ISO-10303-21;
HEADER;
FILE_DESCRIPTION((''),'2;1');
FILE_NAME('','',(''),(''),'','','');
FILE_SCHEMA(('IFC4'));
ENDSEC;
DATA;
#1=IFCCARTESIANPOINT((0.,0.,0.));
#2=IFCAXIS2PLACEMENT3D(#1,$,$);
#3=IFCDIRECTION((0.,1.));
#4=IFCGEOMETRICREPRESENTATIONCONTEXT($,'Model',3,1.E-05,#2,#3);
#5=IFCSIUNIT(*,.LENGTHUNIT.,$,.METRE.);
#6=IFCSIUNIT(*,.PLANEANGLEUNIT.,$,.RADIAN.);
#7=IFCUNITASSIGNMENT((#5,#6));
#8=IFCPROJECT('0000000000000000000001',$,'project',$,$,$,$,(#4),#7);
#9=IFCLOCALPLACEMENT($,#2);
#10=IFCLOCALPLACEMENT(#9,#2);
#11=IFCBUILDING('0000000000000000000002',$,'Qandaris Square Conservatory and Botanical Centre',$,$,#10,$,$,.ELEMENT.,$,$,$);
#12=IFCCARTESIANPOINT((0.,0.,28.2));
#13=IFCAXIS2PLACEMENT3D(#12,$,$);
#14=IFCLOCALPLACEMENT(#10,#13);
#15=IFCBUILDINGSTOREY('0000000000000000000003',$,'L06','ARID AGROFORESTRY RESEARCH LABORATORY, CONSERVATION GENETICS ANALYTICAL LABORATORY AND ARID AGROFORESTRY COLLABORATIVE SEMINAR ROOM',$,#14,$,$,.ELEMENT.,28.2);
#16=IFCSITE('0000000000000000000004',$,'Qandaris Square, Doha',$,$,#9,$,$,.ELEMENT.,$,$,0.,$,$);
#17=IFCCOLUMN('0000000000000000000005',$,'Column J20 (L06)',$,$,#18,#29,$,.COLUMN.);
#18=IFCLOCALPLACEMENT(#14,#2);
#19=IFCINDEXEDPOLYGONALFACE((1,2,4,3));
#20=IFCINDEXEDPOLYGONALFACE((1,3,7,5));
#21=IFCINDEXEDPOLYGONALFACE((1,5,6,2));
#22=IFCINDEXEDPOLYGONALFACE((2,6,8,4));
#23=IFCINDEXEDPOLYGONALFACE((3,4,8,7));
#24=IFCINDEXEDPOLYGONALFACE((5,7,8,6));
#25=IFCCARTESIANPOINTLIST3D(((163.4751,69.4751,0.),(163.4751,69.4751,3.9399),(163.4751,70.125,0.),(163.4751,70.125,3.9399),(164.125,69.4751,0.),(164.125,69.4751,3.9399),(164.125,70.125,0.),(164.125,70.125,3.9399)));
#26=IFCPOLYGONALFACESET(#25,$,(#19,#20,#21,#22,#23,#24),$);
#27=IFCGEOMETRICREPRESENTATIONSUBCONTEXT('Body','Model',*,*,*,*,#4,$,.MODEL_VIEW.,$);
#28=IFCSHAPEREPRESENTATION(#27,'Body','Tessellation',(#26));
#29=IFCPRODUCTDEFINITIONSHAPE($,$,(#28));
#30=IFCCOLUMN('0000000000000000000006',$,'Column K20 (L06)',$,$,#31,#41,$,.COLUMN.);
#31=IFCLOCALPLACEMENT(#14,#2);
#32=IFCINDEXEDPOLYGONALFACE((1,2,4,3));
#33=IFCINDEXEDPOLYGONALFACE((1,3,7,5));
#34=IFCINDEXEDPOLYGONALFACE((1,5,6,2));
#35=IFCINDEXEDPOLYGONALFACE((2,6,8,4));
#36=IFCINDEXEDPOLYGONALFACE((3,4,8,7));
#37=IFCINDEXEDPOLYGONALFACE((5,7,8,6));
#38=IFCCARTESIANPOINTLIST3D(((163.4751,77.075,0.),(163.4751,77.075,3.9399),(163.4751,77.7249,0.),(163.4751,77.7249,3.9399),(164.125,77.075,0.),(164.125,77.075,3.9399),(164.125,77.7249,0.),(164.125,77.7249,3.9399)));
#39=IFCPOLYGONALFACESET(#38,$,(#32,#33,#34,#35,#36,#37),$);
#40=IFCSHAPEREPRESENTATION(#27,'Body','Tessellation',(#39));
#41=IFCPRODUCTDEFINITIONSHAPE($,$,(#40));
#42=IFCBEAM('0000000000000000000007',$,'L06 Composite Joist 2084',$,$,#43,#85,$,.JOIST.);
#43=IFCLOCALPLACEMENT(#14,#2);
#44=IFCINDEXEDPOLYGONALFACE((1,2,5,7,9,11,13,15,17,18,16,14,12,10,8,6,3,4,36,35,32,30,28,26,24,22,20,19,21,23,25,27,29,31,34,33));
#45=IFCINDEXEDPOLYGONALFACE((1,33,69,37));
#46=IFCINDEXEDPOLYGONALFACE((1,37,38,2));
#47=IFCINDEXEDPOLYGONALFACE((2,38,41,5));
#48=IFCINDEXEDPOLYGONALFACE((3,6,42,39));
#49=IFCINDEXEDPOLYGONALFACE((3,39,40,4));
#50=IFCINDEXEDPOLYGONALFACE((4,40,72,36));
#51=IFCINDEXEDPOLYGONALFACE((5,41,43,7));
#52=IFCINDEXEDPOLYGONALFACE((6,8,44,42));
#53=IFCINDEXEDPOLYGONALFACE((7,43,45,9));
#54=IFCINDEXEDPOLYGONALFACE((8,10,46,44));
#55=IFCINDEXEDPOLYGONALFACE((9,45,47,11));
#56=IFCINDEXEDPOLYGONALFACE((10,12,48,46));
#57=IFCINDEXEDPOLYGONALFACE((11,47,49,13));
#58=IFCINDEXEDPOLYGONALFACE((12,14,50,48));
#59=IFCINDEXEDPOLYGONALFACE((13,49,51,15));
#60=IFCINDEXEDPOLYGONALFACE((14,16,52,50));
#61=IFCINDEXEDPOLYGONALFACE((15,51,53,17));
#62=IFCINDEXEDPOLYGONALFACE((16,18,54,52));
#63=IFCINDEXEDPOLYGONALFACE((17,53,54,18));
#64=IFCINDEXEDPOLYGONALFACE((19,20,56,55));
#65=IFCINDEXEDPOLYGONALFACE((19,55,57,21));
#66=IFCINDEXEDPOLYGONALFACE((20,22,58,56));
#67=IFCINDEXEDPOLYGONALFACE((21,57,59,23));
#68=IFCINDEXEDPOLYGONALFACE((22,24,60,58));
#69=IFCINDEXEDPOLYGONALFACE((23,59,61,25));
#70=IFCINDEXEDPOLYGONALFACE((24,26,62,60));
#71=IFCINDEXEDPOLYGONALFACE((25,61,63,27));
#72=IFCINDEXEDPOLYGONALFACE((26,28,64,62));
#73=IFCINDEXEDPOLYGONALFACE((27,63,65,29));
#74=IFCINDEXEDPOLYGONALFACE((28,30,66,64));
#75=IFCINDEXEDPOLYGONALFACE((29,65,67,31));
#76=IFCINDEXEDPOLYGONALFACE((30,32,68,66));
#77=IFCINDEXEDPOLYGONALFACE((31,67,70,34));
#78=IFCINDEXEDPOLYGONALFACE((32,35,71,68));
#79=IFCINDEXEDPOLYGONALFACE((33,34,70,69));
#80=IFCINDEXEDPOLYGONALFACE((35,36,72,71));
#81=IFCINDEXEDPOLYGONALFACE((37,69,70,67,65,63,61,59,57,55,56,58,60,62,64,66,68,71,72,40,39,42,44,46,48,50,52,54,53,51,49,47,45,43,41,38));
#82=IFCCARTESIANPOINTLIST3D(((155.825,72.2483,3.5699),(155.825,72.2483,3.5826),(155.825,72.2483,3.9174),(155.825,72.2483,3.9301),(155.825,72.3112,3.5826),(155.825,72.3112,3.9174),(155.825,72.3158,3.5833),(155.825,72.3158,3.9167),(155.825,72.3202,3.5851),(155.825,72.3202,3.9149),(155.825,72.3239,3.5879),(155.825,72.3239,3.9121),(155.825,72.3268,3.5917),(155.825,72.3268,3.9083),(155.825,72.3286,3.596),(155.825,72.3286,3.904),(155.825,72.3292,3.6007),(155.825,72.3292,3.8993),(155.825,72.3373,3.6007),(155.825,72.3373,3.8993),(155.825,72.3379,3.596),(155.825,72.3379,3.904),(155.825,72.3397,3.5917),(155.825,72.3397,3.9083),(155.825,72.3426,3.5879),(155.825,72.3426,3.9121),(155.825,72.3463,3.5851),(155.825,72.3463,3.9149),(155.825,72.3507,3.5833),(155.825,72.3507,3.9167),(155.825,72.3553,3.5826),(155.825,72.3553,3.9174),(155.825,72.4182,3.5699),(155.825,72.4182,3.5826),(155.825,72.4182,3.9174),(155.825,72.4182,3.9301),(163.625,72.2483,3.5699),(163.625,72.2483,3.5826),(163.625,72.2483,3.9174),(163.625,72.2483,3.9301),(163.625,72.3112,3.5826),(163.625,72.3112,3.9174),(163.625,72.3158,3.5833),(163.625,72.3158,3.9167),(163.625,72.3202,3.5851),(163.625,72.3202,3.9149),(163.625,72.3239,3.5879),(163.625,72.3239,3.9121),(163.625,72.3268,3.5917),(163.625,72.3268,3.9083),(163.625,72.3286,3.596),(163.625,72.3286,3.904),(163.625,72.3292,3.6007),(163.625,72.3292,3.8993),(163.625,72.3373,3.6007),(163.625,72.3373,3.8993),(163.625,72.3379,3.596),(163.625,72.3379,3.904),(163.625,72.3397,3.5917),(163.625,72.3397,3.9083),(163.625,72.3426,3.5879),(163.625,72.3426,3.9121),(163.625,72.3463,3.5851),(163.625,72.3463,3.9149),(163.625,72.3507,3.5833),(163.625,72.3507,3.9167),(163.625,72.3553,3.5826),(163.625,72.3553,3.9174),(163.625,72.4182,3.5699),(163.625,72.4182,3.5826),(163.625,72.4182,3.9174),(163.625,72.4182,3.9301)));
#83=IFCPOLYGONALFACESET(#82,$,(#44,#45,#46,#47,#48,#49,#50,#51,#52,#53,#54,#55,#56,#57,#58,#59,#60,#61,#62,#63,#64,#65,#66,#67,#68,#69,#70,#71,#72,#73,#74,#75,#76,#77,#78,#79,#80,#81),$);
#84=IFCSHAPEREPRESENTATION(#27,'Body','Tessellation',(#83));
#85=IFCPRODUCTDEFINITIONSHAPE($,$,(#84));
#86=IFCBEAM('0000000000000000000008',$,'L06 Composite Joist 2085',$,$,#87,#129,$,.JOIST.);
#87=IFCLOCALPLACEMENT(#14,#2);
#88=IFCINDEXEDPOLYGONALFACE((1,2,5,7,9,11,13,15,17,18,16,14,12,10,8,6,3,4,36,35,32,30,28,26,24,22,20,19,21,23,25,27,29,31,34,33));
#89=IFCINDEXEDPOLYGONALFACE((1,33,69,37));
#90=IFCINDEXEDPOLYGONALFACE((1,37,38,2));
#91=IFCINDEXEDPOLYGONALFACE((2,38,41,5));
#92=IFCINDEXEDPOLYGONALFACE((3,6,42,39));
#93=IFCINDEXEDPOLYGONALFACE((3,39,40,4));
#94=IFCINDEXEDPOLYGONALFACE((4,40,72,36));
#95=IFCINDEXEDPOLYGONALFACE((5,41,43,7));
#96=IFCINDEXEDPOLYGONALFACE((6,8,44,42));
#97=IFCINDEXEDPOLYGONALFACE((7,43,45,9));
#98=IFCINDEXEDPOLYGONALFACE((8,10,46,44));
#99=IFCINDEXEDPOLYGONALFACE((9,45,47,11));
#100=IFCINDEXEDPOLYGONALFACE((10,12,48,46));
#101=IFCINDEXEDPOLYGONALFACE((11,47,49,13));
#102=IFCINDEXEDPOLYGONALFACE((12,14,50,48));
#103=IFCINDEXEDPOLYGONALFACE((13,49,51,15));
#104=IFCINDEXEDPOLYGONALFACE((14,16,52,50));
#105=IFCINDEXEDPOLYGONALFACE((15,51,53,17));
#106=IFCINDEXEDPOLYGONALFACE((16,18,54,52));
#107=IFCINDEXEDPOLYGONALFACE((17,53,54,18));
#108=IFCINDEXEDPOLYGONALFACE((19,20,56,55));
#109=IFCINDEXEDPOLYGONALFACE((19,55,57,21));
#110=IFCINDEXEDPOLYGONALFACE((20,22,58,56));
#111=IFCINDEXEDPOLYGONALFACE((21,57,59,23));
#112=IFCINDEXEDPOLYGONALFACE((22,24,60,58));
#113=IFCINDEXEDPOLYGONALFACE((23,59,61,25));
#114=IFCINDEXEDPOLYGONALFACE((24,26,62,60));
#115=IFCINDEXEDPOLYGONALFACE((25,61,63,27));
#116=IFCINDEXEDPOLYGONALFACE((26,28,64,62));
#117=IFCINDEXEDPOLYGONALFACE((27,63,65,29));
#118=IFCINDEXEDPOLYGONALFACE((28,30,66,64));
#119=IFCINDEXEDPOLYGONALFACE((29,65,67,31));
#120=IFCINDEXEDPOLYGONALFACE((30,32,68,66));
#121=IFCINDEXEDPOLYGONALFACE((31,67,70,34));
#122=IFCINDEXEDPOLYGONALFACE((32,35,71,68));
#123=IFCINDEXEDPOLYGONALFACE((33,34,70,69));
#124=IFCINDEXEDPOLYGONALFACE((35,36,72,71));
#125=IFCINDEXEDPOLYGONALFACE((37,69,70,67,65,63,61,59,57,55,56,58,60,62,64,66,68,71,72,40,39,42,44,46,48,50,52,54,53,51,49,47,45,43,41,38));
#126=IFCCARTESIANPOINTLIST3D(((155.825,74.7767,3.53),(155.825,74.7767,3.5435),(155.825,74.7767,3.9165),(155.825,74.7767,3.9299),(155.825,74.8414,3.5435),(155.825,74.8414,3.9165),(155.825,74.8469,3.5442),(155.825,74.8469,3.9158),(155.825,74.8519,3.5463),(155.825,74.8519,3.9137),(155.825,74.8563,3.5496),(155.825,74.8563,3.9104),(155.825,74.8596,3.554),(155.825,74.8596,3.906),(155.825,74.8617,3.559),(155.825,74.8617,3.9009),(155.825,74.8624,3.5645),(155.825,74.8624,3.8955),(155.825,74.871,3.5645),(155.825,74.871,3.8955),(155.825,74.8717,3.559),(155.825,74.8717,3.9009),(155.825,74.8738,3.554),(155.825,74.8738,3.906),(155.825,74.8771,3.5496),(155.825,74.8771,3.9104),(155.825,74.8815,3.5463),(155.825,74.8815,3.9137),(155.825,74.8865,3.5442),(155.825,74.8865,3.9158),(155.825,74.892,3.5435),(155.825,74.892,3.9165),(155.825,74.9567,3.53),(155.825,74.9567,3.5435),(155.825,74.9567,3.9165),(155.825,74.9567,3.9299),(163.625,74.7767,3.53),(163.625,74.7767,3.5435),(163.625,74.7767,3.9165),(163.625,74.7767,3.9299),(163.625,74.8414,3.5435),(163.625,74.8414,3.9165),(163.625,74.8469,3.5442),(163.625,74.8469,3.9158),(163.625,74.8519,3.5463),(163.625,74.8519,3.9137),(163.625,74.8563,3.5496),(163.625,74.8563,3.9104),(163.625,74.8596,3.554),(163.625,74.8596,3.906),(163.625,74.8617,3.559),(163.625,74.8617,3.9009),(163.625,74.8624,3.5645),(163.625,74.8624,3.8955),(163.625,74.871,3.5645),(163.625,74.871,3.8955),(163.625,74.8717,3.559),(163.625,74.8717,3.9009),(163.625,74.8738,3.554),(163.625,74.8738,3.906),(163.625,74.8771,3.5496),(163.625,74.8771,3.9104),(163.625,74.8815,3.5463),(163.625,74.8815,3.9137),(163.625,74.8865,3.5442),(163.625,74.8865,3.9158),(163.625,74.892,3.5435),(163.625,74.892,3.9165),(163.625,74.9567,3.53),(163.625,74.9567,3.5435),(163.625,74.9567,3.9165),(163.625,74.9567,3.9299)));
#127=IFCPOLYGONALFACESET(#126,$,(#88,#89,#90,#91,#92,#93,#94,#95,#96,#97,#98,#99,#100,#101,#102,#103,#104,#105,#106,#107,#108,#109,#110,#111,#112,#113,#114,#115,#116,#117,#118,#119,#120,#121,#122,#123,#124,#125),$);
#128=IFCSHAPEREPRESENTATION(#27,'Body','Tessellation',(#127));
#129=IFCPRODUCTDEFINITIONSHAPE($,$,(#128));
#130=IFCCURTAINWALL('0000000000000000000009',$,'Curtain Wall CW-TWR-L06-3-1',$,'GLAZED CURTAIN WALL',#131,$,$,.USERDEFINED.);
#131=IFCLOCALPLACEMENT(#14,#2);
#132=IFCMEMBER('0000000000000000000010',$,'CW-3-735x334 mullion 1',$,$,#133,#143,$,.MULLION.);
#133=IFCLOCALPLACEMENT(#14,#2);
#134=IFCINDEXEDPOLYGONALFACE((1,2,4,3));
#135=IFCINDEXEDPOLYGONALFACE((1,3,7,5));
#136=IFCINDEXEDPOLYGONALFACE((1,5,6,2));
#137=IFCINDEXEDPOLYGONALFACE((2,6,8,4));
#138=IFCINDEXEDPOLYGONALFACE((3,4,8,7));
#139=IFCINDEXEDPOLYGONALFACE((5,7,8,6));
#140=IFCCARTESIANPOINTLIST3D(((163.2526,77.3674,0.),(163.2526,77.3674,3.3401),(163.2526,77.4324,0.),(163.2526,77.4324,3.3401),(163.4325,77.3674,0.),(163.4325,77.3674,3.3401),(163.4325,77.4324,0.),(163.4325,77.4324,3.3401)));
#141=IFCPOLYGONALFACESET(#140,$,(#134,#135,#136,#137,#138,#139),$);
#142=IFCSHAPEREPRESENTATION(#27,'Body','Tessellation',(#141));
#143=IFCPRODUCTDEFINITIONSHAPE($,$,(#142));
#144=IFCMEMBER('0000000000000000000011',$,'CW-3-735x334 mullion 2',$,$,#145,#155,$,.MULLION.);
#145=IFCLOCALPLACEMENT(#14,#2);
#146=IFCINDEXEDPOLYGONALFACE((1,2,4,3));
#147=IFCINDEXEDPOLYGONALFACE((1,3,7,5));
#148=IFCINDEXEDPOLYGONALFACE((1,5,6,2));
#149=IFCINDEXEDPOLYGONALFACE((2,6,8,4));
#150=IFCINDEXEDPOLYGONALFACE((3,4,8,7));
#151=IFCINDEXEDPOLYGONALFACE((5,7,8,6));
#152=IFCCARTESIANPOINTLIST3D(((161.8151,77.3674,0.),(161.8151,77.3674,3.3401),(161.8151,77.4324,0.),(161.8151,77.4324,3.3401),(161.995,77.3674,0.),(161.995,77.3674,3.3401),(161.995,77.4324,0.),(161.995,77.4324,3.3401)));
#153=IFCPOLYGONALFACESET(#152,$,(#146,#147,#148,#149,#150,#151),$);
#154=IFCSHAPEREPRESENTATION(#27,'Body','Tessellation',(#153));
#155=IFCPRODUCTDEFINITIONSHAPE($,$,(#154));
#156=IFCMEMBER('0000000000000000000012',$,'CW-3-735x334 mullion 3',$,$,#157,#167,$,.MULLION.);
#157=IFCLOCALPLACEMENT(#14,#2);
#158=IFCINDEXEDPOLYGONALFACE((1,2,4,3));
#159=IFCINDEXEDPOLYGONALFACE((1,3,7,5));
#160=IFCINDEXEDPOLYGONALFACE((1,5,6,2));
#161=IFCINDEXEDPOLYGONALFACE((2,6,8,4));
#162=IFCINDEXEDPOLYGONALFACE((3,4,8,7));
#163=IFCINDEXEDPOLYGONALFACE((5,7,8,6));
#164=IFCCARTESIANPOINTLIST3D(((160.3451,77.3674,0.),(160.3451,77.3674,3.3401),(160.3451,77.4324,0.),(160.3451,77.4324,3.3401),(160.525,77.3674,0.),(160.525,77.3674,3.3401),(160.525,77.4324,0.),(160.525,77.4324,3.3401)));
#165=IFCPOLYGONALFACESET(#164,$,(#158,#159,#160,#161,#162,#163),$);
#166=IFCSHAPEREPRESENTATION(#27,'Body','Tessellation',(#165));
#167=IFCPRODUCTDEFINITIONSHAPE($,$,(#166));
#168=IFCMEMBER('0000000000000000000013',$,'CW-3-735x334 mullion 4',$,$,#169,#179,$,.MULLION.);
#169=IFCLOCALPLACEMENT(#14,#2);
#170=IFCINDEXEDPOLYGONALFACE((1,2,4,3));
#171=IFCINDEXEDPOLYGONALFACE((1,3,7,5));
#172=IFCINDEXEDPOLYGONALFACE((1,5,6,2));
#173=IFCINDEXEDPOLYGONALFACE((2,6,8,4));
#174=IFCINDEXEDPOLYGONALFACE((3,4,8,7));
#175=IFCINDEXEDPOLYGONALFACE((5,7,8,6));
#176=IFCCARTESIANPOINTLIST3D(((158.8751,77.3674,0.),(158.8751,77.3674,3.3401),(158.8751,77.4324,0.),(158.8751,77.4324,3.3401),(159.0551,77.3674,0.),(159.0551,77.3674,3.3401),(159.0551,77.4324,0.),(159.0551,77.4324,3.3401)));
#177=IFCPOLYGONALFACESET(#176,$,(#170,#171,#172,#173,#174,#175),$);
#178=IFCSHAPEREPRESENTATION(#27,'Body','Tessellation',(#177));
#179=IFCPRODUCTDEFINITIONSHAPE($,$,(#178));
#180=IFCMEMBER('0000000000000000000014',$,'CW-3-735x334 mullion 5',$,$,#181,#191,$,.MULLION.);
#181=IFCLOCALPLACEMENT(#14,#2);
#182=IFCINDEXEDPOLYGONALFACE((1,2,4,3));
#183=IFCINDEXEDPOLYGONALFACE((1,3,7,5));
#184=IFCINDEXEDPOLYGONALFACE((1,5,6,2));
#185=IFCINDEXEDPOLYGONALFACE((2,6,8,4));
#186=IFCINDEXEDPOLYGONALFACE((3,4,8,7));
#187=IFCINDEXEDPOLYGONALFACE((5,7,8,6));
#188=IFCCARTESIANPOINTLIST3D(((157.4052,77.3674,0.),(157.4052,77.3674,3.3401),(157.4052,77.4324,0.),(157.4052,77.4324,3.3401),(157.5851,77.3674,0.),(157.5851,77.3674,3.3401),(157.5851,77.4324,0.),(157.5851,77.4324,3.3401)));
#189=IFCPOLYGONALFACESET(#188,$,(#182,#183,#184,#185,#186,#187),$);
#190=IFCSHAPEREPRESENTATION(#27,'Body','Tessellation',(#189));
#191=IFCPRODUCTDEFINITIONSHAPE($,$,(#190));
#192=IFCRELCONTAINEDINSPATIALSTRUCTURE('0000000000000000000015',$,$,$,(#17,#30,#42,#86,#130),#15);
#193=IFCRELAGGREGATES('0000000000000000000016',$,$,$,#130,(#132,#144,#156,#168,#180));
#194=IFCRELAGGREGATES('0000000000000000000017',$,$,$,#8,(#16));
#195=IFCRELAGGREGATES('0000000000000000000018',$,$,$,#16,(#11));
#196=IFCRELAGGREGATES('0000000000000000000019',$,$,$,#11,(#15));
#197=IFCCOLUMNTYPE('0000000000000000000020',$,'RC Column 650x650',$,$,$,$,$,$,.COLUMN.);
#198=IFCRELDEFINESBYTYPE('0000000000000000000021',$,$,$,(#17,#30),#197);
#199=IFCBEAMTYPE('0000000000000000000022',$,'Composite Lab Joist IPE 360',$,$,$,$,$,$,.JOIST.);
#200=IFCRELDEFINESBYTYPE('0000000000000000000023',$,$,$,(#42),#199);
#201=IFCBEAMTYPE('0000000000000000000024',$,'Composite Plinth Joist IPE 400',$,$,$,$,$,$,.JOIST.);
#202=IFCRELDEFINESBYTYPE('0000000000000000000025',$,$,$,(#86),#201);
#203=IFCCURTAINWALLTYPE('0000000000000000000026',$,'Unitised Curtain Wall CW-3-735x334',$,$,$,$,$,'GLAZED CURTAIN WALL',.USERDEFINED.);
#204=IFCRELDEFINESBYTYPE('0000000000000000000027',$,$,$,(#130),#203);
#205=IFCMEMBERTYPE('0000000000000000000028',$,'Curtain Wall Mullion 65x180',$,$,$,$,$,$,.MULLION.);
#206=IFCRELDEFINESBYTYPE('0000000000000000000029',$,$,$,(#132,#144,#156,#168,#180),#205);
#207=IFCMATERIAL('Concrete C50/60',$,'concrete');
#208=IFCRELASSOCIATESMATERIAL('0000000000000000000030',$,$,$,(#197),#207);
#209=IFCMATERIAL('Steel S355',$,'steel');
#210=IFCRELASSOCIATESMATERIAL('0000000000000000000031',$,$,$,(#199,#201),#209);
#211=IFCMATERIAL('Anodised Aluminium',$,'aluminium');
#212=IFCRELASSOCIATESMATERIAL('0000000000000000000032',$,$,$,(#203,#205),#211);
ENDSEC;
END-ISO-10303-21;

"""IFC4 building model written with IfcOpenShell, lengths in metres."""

from ifc_helpers import new_model, si_unit, direction, frame, origin, origin_2d, place, context, subcontext, project, spatial, rectangle, i_section, extrude, material, material_profile, profile_set, type_object, element, aggregate, save


model = new_model("IFC4")

# Units and contexts
model_context = context("Model", 3, precision=1e-05, world=origin(), true_north=direction((0.0, 1.0)))
body_context = subcontext(model_context, "Body", "Model", "MODEL_VIEW")
ifc_project = project(units=[si_unit("LENGTHUNIT", "METRE"), si_unit("PLANEANGLEUNIT", "RADIAN")], contexts=[model_context])

# Site, building, storey
site_placement = place(None, origin())
site = spatial("IfcSite", under=ifc_project, at=site_placement, Name="Qandaris Square, Doha", CompositionType="ELEMENT", RefElevation=0.0)
building_placement = place(site_placement, origin())
building = spatial("IfcBuilding", under=site, at=building_placement, Name="Qandaris Square Conservatory and Botanical Centre", CompositionType="ELEMENT")
storey_placement = place(building_placement, frame((0.0, 0.0, 28.2)))
storey = spatial("IfcBuildingStorey", under=building, at=storey_placement, Name="L06", Description="ARID AGROFORESTRY RESEARCH LABORATORY, CONSERVATION GENETICS ANALYTICAL LABORATORY AND ARID AGROFORESTRY COLLABORATIVE SEMINAR ROOM", CompositionType="ELEMENT", Elevation=28.2)

# Columns
ifc_material_1 = material(Name="Concrete C50/60", Category="concrete")
ifc_material_profile_1 = material_profile(ifc_material_1, rectangle(XDim=0.6499, YDim=0.6499, at=origin_2d()), Name="RC-COL 650x650")
ifc_profile_set_1 = profile_set([ifc_material_profile_1], Name="Concrete C50/60")
column_type = type_object("IfcColumnType", Name="RC Column 650x650", PredefinedType="COLUMN", material=ifc_profile_set_1)
for number, where, z_axis, x_axis, name in (
    (1, (163.8, 69.8, 0.0), (0.0, 0.0, 1.0), (1.0, 0.0, 0.0), "Column J20 (L06)"),
    (2, (163.8, 77.3999, 0.0), (0.0, 0.0, 1.0), (1.0, 0.0, 0.0), "Column K20 (L06)"),
):
    element("IfcColumn", number, at=place(storey_placement, frame(where, z_axis=z_axis, x_axis=x_axis)), inside=storey, type_object=column_type, Name=name, PredefinedType="COLUMN", context=body_context, shape_type="SweptSolid", body=[
        extrude(rectangle(XDim=0.6499, YDim=0.6499, at=origin_2d()), origin(), (0.0, 0.0, 1.0), 3.9399),
    ])

# Beams
ifc_material_2 = material(Name="Steel S355", Category="steel")
ifc_material_profile_2 = material_profile(ifc_material_2, i_section(OverallWidth=0.1699, OverallDepth=0.3601, WebThickness=0.0081, FlangeThickness=0.0127, FilletRadius=0.0181, at=origin_2d()), Name="IPE 360")
ifc_profile_set_2 = profile_set([ifc_material_profile_2], Name="Steel S355")
beam_type_1 = type_object("IfcBeamType", Name="Composite Lab Joist IPE 360", PredefinedType="JOIST", material=ifc_profile_set_2)
beam_1_placement = place(storey_placement, frame((155.825, 72.3333, 3.75), z_axis=(1.0, 0.0, 0.0), x_axis=(0.0, 1.0, 0.0)))
element("IfcBeam", 3, at=beam_1_placement, inside=storey, type_object=beam_type_1, Name="L06 Composite Joist 2084", PredefinedType="JOIST", context=body_context, shape_type="SweptSolid", body=[
    extrude(i_section(OverallWidth=0.1699, OverallDepth=0.3601, WebThickness=0.0081, FlangeThickness=0.0127, FilletRadius=0.0181, at=origin_2d()), origin(), (0.0, 0.0, 1.0), 7.8),
])
ifc_material_profile_3 = material_profile(ifc_material_2, i_section(OverallWidth=0.1799, OverallDepth=0.3999, WebThickness=0.0085, FlangeThickness=0.0134, FilletRadius=0.021, at=origin_2d()), Name="IPE 400")
ifc_profile_set_3 = profile_set([ifc_material_profile_3], Name="Steel S355")
beam_type_2 = type_object("IfcBeamType", Name="Composite Plinth Joist IPE 400", PredefinedType="JOIST", material=ifc_profile_set_3)
beam_2_placement = place(storey_placement, frame((155.825, 74.8667, 3.73), z_axis=(1.0, 0.0, 0.0), x_axis=(0.0, 1.0, 0.0)))
element("IfcBeam", 4, at=beam_2_placement, inside=storey, type_object=beam_type_2, Name="L06 Composite Joist 2085", PredefinedType="JOIST", context=body_context, shape_type="SweptSolid", body=[
    extrude(i_section(OverallWidth=0.1799, OverallDepth=0.3999, WebThickness=0.0085, FlangeThickness=0.0134, FilletRadius=0.021, at=origin_2d()), origin(), (0.0, 0.0, 1.0), 7.8),
])

# Curtain wall, members
ifc_material_3 = material(Name="Anodised Aluminium", Category="aluminium")
curtain_wall_type = type_object("IfcCurtainWallType", Name="Unitised Curtain Wall CW-3-735x334", ElementType="GLAZED CURTAIN WALL", PredefinedType="USERDEFINED", material=ifc_material_3)
curtain_wall_placement = place(storey_placement, origin())
curtain_wall = element("IfcCurtainWall", 5, at=curtain_wall_placement, inside=storey, type_object=curtain_wall_type, Name="Curtain Wall CW-TWR-L06-3-1", ObjectType="GLAZED CURTAIN WALL", PredefinedType="USERDEFINED")
ifc_material_profile_4 = material_profile(ifc_material_3, rectangle(XDim=0.0649, YDim=0.1799, at=origin_2d()), Name="ALU-MUL 65x180")
ifc_profile_set_4 = profile_set([ifc_material_profile_4], Name="Anodised Aluminium")
member_type_1 = type_object("IfcMemberType", Name="Curtain Wall Mullion 65x180", PredefinedType="MULLION", material=ifc_profile_set_4)
member_1_placement = place(storey_placement, frame((163.3425, 77.3999, 0.0), z_axis=(0.0, 0.0, 1.0), x_axis=(0.0, -1.0, 0.0)))
member_1 = element("IfcMember", 6, at=member_1_placement, type_object=member_type_1, Name="CW-3-735x334 mullion 1", PredefinedType="MULLION", context=body_context, shape_type="SweptSolid", body=[
    extrude(rectangle(XDim=0.0649, YDim=0.1799, at=origin_2d()), origin(), (0.0, 0.0, 1.0), 3.3401),
])
member_2_placement = place(storey_placement, frame((161.905, 77.3999, 0.0), z_axis=(0.0, 0.0, 1.0), x_axis=(0.0, -1.0, 0.0)))
member_2 = element("IfcMember", 7, at=member_2_placement, type_object=member_type_1, Name="CW-3-735x334 mullion 2", PredefinedType="MULLION", context=body_context, shape_type="SweptSolid", body=[
    extrude(rectangle(XDim=0.0649, YDim=0.1799, at=origin_2d()), origin(), (0.0, 0.0, 1.0), 3.3401),
])
member_3_placement = place(storey_placement, frame((160.4351, 77.3999, 0.0), z_axis=(0.0, 0.0, 1.0), x_axis=(0.0, -1.0, 0.0)))
member_3 = element("IfcMember", 8, at=member_3_placement, type_object=member_type_1, Name="CW-3-735x334 mullion 3", PredefinedType="MULLION", context=body_context, shape_type="SweptSolid", body=[
    extrude(rectangle(XDim=0.0649, YDim=0.1799, at=origin_2d()), origin(), (0.0, 0.0, 1.0), 3.3401),
])
member_4_placement = place(storey_placement, frame((158.9651, 77.3999, 0.0), z_axis=(0.0, 0.0, 1.0), x_axis=(0.0, -1.0, 0.0)))
member_4 = element("IfcMember", 9, at=member_4_placement, type_object=member_type_1, Name="CW-3-735x334 mullion 4", PredefinedType="MULLION", context=body_context, shape_type="SweptSolid", body=[
    extrude(rectangle(XDim=0.0649, YDim=0.1799, at=origin_2d()), origin(), (0.0, 0.0, 1.0), 3.3401),
])
member_5_placement = place(storey_placement, frame((157.4951, 77.3999, 0.0), z_axis=(0.0, 0.0, 1.0), x_axis=(0.0, -1.0, 0.0)))
member_5 = element("IfcMember", 10, at=member_5_placement, type_object=member_type_1, Name="CW-3-735x334 mullion 5", PredefinedType="MULLION", context=body_context, shape_type="SweptSolid", body=[
    extrude(rectangle(XDim=0.0649, YDim=0.1799, at=origin_2d()), origin(), (0.0, 0.0, 1.0), 3.3401),
])

aggregate(curtain_wall, [member_1, member_2, member_3, member_4, member_5])

save(model, "model.ifc")
